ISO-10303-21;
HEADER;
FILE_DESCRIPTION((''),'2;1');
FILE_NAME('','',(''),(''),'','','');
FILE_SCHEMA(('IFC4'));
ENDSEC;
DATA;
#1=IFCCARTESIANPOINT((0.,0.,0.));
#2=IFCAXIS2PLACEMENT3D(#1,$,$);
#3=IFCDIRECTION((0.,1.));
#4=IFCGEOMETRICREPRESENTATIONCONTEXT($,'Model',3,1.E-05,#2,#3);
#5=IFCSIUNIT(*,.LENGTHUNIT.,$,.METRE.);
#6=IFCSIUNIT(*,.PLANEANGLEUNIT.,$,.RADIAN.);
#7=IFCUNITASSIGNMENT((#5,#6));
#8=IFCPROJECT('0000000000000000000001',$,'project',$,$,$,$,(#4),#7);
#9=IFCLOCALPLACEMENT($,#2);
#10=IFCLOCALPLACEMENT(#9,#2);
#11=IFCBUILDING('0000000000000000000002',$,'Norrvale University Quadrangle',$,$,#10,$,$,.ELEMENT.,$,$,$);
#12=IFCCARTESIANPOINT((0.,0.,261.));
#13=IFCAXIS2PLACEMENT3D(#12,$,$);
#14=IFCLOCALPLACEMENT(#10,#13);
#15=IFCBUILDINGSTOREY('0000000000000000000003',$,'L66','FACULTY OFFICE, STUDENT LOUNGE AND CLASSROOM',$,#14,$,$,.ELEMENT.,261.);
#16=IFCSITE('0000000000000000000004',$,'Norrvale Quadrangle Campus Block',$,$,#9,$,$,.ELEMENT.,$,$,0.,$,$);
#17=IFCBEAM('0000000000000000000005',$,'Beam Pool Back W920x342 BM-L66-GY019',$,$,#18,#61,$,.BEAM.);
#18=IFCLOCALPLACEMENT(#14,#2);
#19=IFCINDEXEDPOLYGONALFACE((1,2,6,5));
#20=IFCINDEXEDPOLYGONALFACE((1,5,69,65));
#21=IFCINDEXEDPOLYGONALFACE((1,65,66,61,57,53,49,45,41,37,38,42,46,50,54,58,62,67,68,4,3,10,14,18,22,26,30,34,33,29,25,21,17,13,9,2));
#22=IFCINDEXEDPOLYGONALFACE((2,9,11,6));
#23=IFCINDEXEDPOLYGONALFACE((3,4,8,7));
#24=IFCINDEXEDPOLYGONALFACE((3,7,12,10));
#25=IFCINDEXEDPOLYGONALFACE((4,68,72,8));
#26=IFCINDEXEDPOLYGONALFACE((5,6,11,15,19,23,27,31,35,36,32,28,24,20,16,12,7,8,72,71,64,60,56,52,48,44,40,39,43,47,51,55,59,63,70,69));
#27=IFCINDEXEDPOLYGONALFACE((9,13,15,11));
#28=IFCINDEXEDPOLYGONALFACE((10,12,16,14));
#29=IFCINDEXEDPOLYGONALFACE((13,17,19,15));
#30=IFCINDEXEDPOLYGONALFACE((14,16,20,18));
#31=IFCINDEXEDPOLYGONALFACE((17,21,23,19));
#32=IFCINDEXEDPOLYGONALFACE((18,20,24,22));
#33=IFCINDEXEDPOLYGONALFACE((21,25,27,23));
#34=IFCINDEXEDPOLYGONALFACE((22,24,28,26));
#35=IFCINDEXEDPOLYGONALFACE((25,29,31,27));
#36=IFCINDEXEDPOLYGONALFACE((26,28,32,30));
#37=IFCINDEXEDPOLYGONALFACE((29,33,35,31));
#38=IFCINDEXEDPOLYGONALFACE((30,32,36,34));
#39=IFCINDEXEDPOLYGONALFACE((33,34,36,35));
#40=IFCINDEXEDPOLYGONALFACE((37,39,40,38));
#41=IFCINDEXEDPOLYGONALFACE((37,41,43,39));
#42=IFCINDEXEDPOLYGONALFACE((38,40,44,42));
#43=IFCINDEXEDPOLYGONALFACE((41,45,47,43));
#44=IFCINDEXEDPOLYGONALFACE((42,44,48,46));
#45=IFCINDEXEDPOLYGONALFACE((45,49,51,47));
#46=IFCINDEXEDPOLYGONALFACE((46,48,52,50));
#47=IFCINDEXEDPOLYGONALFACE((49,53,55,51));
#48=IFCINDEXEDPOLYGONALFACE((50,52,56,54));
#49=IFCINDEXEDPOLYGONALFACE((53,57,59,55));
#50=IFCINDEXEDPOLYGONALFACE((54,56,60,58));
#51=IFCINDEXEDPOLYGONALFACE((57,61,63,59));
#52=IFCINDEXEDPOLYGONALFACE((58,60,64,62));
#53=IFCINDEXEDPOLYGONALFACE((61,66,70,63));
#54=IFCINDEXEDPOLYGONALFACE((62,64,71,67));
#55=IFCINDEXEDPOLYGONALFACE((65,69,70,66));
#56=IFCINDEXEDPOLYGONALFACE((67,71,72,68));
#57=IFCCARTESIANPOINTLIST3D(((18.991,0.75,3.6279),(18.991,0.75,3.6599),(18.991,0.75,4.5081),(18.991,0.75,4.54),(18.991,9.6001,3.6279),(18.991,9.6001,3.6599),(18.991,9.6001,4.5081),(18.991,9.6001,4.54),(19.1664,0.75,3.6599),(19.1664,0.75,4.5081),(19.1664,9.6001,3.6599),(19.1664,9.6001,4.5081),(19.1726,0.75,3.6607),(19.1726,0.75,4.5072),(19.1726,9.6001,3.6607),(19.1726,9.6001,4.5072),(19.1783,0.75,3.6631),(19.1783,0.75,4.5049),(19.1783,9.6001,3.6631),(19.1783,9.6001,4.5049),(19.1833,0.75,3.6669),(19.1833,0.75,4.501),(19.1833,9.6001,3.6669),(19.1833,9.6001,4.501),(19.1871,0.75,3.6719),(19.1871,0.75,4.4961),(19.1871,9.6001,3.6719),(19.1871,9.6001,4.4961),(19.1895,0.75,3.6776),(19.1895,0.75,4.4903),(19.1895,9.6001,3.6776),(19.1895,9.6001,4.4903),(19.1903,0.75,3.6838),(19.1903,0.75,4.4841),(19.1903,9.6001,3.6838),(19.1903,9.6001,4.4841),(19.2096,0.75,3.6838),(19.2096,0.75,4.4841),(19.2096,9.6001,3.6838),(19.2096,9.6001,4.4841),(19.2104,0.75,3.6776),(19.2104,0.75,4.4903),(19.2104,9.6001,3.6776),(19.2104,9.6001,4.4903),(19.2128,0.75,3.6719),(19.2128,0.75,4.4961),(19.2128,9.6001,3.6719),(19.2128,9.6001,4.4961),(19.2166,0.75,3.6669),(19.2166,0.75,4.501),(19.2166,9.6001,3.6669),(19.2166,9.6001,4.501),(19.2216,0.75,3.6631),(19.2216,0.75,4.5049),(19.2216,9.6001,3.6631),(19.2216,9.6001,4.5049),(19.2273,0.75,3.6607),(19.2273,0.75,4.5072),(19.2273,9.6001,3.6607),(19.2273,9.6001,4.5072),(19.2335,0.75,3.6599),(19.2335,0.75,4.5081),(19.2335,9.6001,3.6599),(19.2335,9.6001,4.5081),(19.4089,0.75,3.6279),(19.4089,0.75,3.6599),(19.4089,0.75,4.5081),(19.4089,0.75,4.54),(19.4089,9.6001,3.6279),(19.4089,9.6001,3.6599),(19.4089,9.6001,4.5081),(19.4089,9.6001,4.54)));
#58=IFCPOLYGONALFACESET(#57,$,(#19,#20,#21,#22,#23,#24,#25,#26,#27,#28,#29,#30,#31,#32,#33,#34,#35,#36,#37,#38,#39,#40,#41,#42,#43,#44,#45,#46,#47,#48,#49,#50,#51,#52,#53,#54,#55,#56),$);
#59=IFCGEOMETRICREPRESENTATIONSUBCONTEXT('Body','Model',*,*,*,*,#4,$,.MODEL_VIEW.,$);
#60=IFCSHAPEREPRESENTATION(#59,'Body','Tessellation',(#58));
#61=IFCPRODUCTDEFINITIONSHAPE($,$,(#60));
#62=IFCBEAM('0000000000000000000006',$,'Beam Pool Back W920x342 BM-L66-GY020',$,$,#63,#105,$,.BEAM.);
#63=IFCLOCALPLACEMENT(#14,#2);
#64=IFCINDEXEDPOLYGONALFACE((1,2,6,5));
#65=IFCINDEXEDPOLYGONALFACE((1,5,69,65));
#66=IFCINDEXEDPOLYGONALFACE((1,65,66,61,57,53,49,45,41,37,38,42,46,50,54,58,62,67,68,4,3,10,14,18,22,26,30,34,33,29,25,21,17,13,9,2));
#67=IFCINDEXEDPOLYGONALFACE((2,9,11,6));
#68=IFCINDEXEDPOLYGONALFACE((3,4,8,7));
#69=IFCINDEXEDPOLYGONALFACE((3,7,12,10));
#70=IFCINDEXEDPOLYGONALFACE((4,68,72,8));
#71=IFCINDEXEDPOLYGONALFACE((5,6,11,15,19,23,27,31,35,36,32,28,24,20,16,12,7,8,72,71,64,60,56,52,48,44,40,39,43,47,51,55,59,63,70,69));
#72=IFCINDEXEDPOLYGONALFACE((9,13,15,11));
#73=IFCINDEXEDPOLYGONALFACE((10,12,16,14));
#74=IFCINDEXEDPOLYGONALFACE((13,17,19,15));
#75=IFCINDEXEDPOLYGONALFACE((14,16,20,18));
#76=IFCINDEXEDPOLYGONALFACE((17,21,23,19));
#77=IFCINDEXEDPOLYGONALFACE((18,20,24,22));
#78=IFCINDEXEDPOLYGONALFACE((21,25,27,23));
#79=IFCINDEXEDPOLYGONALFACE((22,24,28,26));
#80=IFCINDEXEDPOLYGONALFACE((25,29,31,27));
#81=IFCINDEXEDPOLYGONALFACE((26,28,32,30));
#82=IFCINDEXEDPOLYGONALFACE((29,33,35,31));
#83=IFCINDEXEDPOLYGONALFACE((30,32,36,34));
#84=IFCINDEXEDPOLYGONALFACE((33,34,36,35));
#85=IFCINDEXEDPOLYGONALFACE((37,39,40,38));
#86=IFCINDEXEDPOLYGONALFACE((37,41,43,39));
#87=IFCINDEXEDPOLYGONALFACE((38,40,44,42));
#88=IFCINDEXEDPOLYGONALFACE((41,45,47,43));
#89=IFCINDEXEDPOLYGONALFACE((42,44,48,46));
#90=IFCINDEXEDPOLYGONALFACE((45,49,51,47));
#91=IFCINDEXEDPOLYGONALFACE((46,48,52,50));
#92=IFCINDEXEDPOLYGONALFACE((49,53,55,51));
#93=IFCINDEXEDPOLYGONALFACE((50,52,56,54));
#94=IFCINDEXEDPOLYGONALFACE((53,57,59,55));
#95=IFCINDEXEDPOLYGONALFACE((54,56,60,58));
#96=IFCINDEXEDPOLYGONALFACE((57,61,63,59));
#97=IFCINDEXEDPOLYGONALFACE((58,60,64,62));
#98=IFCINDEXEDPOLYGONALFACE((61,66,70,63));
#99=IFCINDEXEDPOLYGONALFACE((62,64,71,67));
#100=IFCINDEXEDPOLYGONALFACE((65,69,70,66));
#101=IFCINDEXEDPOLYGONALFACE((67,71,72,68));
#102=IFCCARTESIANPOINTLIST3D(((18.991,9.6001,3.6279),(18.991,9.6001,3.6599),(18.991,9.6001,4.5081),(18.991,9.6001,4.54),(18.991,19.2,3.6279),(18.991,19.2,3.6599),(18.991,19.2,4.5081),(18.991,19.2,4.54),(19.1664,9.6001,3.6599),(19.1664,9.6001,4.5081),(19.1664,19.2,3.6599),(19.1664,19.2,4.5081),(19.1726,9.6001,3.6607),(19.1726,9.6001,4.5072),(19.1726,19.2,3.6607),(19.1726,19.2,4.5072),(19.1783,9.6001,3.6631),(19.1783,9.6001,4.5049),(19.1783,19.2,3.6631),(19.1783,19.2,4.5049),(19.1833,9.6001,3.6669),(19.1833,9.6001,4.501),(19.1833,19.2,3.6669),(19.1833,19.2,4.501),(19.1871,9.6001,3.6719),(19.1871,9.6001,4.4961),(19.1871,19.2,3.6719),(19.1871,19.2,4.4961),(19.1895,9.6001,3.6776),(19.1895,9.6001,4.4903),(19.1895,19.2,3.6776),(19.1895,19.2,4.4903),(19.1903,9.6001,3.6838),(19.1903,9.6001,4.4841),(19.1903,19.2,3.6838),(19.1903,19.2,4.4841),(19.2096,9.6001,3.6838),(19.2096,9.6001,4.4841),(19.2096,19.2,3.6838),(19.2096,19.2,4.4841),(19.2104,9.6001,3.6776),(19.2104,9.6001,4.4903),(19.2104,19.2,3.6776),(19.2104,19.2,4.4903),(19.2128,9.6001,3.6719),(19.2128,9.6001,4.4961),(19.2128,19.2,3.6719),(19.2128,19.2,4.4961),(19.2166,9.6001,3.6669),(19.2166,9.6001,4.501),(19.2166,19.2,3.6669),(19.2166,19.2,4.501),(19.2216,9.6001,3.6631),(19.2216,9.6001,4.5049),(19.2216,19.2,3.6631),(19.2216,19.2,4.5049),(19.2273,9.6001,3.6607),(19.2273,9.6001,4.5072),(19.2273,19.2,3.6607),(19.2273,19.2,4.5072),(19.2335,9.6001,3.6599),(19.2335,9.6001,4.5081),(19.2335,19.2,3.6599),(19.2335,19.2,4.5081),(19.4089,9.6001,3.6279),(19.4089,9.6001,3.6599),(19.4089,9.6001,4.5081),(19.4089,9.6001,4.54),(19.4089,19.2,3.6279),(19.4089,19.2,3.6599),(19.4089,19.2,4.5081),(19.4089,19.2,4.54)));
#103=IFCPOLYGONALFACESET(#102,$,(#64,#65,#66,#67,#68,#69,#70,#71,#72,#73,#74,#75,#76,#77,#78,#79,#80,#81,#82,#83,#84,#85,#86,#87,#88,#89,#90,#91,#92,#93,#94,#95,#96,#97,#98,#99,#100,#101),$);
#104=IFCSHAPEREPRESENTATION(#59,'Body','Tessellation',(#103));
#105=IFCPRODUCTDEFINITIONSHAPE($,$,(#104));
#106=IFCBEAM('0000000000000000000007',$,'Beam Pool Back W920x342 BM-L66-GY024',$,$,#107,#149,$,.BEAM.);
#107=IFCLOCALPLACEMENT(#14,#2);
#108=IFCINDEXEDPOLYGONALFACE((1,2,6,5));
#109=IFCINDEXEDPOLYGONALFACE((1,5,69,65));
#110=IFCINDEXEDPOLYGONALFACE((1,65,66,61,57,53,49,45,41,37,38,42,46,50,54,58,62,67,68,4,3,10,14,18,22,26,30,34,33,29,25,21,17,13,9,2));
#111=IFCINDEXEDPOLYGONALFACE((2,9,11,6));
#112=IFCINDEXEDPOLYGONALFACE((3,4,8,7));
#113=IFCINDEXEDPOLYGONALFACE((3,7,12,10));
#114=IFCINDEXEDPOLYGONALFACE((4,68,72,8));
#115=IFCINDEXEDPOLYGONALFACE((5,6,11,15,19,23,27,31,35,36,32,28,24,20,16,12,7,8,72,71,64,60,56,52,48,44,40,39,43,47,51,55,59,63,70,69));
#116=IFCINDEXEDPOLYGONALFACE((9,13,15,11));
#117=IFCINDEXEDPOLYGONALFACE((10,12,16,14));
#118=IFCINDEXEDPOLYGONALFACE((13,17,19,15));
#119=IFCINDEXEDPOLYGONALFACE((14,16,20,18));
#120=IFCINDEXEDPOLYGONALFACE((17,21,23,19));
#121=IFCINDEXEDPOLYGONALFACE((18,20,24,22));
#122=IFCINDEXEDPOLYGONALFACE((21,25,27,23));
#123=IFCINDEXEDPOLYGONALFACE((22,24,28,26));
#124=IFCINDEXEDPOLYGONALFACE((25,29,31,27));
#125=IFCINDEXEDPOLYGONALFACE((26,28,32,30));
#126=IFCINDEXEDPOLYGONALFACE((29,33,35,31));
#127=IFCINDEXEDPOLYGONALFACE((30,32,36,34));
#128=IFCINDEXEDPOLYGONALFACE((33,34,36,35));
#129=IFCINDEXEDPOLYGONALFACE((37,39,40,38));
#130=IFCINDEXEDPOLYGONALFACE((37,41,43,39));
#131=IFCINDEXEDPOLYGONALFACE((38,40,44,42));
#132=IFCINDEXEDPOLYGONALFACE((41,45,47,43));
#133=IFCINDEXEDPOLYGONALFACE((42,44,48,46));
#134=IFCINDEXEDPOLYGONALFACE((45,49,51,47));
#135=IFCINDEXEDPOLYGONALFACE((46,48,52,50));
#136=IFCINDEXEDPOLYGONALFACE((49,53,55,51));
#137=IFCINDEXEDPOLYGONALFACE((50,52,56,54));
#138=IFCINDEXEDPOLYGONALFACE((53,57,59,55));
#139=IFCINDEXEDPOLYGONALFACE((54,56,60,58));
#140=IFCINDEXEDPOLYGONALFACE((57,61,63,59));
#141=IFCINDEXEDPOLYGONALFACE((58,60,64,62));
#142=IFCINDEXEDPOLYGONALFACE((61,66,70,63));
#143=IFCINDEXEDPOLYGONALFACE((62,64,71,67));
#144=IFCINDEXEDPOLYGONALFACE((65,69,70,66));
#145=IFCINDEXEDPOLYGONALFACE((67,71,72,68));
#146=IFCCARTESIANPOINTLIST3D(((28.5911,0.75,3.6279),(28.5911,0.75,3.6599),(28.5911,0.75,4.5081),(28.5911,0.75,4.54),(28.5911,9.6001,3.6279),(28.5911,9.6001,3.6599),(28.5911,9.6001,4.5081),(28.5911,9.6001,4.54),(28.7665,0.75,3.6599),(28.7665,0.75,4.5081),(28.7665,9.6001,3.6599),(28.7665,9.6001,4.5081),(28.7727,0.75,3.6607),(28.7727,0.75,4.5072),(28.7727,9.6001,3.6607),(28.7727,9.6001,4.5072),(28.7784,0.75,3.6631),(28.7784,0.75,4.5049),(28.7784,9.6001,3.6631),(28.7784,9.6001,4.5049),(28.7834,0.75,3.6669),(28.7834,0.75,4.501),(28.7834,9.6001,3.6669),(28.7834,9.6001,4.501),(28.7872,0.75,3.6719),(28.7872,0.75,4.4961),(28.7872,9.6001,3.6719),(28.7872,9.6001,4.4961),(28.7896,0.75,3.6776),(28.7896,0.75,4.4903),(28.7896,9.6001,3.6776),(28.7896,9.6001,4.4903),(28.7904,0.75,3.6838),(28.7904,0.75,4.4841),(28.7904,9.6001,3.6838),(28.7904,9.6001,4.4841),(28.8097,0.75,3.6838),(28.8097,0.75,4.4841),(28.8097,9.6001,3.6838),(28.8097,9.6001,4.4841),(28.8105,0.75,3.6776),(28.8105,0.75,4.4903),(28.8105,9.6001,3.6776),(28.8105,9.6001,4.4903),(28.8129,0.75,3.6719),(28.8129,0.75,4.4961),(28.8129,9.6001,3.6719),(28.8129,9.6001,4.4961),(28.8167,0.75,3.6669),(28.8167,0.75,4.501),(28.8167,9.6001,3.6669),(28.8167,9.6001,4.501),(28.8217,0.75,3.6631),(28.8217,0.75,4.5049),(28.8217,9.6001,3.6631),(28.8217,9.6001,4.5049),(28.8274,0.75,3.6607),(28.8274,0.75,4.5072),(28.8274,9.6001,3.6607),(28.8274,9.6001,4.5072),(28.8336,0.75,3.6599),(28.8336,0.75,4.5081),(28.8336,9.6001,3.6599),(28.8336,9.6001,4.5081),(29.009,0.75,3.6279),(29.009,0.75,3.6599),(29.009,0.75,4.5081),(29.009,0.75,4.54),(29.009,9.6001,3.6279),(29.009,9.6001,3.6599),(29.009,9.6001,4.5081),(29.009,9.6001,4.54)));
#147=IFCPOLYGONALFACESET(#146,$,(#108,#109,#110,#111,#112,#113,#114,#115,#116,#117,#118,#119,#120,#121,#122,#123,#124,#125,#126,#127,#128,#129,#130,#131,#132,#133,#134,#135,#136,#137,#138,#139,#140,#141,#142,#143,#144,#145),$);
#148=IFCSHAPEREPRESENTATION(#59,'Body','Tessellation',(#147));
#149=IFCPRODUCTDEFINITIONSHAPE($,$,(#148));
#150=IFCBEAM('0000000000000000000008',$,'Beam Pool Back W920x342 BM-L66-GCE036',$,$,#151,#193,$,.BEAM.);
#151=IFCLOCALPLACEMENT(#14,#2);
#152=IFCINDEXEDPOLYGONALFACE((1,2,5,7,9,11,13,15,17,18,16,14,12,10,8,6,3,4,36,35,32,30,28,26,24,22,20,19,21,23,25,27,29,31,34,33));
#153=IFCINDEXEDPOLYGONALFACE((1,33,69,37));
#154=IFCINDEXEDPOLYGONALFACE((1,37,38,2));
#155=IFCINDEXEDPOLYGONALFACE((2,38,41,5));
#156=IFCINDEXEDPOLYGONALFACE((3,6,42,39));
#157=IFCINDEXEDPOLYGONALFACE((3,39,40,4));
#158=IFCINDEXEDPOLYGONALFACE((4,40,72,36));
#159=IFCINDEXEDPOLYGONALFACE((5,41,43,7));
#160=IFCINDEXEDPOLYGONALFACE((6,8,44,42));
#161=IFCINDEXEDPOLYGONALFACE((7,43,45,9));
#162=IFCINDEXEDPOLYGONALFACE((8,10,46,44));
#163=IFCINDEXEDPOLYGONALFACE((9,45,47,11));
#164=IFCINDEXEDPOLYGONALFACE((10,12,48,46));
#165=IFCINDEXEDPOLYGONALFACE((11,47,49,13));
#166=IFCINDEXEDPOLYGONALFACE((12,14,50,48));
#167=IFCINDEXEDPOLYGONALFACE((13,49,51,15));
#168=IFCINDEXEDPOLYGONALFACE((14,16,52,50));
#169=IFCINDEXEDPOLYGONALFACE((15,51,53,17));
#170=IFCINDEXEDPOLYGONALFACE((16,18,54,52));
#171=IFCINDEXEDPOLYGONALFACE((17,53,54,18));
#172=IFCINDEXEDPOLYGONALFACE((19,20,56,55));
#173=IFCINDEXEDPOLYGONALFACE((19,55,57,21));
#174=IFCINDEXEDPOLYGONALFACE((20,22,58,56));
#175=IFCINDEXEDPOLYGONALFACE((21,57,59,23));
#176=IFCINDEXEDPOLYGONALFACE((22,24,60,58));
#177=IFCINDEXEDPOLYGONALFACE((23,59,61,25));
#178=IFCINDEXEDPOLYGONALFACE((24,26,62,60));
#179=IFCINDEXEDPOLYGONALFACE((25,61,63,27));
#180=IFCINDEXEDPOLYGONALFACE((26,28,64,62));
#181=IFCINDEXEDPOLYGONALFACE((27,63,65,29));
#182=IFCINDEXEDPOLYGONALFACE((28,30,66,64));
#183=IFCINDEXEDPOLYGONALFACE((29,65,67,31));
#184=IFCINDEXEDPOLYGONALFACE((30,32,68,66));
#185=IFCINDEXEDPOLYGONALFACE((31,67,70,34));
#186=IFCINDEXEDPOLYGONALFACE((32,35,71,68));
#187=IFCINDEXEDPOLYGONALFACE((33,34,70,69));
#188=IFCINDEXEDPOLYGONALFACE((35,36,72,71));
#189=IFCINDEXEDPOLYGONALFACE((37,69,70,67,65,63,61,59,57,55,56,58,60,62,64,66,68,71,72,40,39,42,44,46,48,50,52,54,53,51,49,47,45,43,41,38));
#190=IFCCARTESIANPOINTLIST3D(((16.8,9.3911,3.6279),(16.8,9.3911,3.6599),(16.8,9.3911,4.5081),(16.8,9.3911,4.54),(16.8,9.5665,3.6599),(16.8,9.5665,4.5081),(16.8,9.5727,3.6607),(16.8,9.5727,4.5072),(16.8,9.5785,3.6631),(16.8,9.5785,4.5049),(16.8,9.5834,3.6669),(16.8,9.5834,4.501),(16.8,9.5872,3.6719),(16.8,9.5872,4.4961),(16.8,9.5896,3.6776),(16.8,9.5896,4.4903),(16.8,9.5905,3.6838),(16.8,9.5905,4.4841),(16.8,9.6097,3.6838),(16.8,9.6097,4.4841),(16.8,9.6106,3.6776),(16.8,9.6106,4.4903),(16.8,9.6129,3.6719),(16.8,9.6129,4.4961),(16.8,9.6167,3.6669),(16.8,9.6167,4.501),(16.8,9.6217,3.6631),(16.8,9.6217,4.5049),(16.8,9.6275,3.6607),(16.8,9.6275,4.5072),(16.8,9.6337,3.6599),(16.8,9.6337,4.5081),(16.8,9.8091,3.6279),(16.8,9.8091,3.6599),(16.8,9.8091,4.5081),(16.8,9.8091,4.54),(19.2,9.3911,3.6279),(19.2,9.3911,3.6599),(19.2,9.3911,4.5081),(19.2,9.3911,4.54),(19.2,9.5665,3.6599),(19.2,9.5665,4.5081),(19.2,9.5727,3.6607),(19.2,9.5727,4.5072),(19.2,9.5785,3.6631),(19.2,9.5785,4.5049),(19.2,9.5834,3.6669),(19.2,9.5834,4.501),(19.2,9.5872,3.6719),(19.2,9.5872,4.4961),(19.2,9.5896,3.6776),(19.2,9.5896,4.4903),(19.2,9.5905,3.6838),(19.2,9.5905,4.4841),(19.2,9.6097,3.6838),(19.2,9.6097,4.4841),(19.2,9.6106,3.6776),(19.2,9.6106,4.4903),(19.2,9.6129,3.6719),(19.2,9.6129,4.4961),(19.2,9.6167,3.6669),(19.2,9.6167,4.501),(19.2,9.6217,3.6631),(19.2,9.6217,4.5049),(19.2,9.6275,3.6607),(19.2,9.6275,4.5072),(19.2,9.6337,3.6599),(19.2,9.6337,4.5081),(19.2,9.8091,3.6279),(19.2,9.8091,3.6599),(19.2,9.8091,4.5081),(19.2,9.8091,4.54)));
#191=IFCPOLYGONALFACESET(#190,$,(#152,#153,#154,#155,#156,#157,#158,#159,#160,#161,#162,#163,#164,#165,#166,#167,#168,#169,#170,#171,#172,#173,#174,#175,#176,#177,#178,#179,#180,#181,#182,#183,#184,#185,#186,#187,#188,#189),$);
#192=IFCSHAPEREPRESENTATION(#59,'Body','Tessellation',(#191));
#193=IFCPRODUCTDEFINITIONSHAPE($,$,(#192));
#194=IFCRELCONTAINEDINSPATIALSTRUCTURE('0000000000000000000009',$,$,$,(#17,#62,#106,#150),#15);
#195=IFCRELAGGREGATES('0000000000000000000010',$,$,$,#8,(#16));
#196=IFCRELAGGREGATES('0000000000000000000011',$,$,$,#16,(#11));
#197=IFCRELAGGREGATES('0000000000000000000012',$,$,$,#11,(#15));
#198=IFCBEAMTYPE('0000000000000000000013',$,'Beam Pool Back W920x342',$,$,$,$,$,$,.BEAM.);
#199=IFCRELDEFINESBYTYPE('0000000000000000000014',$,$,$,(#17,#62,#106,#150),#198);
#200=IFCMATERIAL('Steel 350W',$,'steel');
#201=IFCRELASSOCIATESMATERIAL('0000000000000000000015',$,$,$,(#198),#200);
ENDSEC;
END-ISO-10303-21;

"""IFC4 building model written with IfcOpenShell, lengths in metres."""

from ifc_helpers import new_model, si_unit, direction, frame, origin, origin_2d, place, context, subcontext, project, spatial, i_section, extrude, material, material_profile, profile_set, type_object, element, save


model = new_model("IFC4")

# Units and contexts
model_context = context("Model", 3, precision=1e-05, world=origin(), true_north=direction((0.0, 1.0)))
body_context = subcontext(model_context, "Body", "Model", "MODEL_VIEW")
ifc_project = project(units=[si_unit("LENGTHUNIT", "METRE"), si_unit("PLANEANGLEUNIT", "RADIAN")], contexts=[model_context])

# Site, building, storey
site_placement = place(None, origin())
site = spatial("IfcSite", under=ifc_project, at=site_placement, Name="Norrvale Quadrangle Campus Block", CompositionType="ELEMENT", RefElevation=0.0)
building_placement = place(site_placement, origin())
building = spatial("IfcBuilding", under=site, at=building_placement, Name="Norrvale University Quadrangle", CompositionType="ELEMENT")
storey_placement = place(building_placement, frame((0.0, 0.0, 261.0)))
storey = spatial("IfcBuildingStorey", under=building, at=storey_placement, Name="L66", Description="FACULTY OFFICE, STUDENT LOUNGE AND CLASSROOM", CompositionType="ELEMENT", Elevation=261.0)

# Beams
ifc_material_1 = material(Name="Steel 350W", Category="steel")
ifc_material_profile_1 = material_profile(ifc_material_1, i_section(OverallWidth=0.418, OverallDepth=0.9121, WebThickness=0.0193, FlangeThickness=0.032, FilletRadius=0.0239, at=origin_2d()), Name="Steel 350W")
ifc_profile_set_1 = profile_set([ifc_material_profile_1], Name="Steel 350W")
beam_type_1 = type_object("IfcBeamType", Name="Beam Pool Back W920x342", PredefinedType="BEAM", material=ifc_profile_set_1)
beam_1_placement = place(storey_placement, frame((19.2, 0.75, 4.084), z_axis=(0.0, 1.0, 0.0), x_axis=(-1.0, 0.0, 0.0)))
element("IfcBeam", 1, at=beam_1_placement, inside=storey, type_object=beam_type_1, Name="Beam Pool Back W920x342 BM-L66-GY019", PredefinedType="BEAM", context=body_context, shape_type="SweptSolid", body=[
    extrude(i_section(OverallWidth=0.418, OverallDepth=0.9121, WebThickness=0.0193, FlangeThickness=0.032, FilletRadius=0.0239, at=origin_2d()), origin(), (0.0, 0.0, 1.0), 8.8501),
])
beam_2_placement = place(storey_placement, frame((19.2, 9.6001, 4.084), z_axis=(0.0, 1.0, 0.0), x_axis=(-1.0, 0.0, 0.0)))
element("IfcBeam", 2, at=beam_2_placement, inside=storey, type_object=beam_type_1, Name="Beam Pool Back W920x342 BM-L66-GY020", PredefinedType="BEAM", context=body_context, shape_type="SweptSolid", body=[
    extrude(i_section(OverallWidth=0.418, OverallDepth=0.9121, WebThickness=0.0193, FlangeThickness=0.032, FilletRadius=0.0239, at=origin_2d()), origin(), (0.0, 0.0, 1.0), 9.5999),
])
beam_3_placement = place(storey_placement, frame((28.8, 0.75, 4.084), z_axis=(0.0, 1.0, 0.0), x_axis=(-1.0, 0.0, 0.0)))
element("IfcBeam", 3, at=beam_3_placement, inside=storey, type_object=beam_type_1, Name="Beam Pool Back W920x342 BM-L66-GY024", PredefinedType="BEAM", context=body_context, shape_type="SweptSolid", body=[
    extrude(i_section(OverallWidth=0.418, OverallDepth=0.9121, WebThickness=0.0193, FlangeThickness=0.032, FilletRadius=0.0239, at=origin_2d()), origin(), (0.0, 0.0, 1.0), 8.8501),
])
for number, where, z_axis, x_axis, name in (
    (4, (16.8, 9.6001, 4.084), (1.0, 0.0, 0.0), (0.0, 1.0, 0.0), "Beam Pool Back W920x342 BM-L66-GCE036"),
):
    element("IfcBeam", number, at=place(storey_placement, frame(where, z_axis=z_axis, x_axis=x_axis)), inside=storey, type_object=beam_type_1, Name=name, PredefinedType="BEAM", context=body_context, shape_type="SweptSolid", body=[
        extrude(i_section(OverallWidth=0.418, OverallDepth=0.9121, WebThickness=0.0193, FlangeThickness=0.032, FilletRadius=0.0239, at=origin_2d()), origin(), (0.0, 0.0, 1.0), 2.3999),
    ])

save(model, "model.ifc")
